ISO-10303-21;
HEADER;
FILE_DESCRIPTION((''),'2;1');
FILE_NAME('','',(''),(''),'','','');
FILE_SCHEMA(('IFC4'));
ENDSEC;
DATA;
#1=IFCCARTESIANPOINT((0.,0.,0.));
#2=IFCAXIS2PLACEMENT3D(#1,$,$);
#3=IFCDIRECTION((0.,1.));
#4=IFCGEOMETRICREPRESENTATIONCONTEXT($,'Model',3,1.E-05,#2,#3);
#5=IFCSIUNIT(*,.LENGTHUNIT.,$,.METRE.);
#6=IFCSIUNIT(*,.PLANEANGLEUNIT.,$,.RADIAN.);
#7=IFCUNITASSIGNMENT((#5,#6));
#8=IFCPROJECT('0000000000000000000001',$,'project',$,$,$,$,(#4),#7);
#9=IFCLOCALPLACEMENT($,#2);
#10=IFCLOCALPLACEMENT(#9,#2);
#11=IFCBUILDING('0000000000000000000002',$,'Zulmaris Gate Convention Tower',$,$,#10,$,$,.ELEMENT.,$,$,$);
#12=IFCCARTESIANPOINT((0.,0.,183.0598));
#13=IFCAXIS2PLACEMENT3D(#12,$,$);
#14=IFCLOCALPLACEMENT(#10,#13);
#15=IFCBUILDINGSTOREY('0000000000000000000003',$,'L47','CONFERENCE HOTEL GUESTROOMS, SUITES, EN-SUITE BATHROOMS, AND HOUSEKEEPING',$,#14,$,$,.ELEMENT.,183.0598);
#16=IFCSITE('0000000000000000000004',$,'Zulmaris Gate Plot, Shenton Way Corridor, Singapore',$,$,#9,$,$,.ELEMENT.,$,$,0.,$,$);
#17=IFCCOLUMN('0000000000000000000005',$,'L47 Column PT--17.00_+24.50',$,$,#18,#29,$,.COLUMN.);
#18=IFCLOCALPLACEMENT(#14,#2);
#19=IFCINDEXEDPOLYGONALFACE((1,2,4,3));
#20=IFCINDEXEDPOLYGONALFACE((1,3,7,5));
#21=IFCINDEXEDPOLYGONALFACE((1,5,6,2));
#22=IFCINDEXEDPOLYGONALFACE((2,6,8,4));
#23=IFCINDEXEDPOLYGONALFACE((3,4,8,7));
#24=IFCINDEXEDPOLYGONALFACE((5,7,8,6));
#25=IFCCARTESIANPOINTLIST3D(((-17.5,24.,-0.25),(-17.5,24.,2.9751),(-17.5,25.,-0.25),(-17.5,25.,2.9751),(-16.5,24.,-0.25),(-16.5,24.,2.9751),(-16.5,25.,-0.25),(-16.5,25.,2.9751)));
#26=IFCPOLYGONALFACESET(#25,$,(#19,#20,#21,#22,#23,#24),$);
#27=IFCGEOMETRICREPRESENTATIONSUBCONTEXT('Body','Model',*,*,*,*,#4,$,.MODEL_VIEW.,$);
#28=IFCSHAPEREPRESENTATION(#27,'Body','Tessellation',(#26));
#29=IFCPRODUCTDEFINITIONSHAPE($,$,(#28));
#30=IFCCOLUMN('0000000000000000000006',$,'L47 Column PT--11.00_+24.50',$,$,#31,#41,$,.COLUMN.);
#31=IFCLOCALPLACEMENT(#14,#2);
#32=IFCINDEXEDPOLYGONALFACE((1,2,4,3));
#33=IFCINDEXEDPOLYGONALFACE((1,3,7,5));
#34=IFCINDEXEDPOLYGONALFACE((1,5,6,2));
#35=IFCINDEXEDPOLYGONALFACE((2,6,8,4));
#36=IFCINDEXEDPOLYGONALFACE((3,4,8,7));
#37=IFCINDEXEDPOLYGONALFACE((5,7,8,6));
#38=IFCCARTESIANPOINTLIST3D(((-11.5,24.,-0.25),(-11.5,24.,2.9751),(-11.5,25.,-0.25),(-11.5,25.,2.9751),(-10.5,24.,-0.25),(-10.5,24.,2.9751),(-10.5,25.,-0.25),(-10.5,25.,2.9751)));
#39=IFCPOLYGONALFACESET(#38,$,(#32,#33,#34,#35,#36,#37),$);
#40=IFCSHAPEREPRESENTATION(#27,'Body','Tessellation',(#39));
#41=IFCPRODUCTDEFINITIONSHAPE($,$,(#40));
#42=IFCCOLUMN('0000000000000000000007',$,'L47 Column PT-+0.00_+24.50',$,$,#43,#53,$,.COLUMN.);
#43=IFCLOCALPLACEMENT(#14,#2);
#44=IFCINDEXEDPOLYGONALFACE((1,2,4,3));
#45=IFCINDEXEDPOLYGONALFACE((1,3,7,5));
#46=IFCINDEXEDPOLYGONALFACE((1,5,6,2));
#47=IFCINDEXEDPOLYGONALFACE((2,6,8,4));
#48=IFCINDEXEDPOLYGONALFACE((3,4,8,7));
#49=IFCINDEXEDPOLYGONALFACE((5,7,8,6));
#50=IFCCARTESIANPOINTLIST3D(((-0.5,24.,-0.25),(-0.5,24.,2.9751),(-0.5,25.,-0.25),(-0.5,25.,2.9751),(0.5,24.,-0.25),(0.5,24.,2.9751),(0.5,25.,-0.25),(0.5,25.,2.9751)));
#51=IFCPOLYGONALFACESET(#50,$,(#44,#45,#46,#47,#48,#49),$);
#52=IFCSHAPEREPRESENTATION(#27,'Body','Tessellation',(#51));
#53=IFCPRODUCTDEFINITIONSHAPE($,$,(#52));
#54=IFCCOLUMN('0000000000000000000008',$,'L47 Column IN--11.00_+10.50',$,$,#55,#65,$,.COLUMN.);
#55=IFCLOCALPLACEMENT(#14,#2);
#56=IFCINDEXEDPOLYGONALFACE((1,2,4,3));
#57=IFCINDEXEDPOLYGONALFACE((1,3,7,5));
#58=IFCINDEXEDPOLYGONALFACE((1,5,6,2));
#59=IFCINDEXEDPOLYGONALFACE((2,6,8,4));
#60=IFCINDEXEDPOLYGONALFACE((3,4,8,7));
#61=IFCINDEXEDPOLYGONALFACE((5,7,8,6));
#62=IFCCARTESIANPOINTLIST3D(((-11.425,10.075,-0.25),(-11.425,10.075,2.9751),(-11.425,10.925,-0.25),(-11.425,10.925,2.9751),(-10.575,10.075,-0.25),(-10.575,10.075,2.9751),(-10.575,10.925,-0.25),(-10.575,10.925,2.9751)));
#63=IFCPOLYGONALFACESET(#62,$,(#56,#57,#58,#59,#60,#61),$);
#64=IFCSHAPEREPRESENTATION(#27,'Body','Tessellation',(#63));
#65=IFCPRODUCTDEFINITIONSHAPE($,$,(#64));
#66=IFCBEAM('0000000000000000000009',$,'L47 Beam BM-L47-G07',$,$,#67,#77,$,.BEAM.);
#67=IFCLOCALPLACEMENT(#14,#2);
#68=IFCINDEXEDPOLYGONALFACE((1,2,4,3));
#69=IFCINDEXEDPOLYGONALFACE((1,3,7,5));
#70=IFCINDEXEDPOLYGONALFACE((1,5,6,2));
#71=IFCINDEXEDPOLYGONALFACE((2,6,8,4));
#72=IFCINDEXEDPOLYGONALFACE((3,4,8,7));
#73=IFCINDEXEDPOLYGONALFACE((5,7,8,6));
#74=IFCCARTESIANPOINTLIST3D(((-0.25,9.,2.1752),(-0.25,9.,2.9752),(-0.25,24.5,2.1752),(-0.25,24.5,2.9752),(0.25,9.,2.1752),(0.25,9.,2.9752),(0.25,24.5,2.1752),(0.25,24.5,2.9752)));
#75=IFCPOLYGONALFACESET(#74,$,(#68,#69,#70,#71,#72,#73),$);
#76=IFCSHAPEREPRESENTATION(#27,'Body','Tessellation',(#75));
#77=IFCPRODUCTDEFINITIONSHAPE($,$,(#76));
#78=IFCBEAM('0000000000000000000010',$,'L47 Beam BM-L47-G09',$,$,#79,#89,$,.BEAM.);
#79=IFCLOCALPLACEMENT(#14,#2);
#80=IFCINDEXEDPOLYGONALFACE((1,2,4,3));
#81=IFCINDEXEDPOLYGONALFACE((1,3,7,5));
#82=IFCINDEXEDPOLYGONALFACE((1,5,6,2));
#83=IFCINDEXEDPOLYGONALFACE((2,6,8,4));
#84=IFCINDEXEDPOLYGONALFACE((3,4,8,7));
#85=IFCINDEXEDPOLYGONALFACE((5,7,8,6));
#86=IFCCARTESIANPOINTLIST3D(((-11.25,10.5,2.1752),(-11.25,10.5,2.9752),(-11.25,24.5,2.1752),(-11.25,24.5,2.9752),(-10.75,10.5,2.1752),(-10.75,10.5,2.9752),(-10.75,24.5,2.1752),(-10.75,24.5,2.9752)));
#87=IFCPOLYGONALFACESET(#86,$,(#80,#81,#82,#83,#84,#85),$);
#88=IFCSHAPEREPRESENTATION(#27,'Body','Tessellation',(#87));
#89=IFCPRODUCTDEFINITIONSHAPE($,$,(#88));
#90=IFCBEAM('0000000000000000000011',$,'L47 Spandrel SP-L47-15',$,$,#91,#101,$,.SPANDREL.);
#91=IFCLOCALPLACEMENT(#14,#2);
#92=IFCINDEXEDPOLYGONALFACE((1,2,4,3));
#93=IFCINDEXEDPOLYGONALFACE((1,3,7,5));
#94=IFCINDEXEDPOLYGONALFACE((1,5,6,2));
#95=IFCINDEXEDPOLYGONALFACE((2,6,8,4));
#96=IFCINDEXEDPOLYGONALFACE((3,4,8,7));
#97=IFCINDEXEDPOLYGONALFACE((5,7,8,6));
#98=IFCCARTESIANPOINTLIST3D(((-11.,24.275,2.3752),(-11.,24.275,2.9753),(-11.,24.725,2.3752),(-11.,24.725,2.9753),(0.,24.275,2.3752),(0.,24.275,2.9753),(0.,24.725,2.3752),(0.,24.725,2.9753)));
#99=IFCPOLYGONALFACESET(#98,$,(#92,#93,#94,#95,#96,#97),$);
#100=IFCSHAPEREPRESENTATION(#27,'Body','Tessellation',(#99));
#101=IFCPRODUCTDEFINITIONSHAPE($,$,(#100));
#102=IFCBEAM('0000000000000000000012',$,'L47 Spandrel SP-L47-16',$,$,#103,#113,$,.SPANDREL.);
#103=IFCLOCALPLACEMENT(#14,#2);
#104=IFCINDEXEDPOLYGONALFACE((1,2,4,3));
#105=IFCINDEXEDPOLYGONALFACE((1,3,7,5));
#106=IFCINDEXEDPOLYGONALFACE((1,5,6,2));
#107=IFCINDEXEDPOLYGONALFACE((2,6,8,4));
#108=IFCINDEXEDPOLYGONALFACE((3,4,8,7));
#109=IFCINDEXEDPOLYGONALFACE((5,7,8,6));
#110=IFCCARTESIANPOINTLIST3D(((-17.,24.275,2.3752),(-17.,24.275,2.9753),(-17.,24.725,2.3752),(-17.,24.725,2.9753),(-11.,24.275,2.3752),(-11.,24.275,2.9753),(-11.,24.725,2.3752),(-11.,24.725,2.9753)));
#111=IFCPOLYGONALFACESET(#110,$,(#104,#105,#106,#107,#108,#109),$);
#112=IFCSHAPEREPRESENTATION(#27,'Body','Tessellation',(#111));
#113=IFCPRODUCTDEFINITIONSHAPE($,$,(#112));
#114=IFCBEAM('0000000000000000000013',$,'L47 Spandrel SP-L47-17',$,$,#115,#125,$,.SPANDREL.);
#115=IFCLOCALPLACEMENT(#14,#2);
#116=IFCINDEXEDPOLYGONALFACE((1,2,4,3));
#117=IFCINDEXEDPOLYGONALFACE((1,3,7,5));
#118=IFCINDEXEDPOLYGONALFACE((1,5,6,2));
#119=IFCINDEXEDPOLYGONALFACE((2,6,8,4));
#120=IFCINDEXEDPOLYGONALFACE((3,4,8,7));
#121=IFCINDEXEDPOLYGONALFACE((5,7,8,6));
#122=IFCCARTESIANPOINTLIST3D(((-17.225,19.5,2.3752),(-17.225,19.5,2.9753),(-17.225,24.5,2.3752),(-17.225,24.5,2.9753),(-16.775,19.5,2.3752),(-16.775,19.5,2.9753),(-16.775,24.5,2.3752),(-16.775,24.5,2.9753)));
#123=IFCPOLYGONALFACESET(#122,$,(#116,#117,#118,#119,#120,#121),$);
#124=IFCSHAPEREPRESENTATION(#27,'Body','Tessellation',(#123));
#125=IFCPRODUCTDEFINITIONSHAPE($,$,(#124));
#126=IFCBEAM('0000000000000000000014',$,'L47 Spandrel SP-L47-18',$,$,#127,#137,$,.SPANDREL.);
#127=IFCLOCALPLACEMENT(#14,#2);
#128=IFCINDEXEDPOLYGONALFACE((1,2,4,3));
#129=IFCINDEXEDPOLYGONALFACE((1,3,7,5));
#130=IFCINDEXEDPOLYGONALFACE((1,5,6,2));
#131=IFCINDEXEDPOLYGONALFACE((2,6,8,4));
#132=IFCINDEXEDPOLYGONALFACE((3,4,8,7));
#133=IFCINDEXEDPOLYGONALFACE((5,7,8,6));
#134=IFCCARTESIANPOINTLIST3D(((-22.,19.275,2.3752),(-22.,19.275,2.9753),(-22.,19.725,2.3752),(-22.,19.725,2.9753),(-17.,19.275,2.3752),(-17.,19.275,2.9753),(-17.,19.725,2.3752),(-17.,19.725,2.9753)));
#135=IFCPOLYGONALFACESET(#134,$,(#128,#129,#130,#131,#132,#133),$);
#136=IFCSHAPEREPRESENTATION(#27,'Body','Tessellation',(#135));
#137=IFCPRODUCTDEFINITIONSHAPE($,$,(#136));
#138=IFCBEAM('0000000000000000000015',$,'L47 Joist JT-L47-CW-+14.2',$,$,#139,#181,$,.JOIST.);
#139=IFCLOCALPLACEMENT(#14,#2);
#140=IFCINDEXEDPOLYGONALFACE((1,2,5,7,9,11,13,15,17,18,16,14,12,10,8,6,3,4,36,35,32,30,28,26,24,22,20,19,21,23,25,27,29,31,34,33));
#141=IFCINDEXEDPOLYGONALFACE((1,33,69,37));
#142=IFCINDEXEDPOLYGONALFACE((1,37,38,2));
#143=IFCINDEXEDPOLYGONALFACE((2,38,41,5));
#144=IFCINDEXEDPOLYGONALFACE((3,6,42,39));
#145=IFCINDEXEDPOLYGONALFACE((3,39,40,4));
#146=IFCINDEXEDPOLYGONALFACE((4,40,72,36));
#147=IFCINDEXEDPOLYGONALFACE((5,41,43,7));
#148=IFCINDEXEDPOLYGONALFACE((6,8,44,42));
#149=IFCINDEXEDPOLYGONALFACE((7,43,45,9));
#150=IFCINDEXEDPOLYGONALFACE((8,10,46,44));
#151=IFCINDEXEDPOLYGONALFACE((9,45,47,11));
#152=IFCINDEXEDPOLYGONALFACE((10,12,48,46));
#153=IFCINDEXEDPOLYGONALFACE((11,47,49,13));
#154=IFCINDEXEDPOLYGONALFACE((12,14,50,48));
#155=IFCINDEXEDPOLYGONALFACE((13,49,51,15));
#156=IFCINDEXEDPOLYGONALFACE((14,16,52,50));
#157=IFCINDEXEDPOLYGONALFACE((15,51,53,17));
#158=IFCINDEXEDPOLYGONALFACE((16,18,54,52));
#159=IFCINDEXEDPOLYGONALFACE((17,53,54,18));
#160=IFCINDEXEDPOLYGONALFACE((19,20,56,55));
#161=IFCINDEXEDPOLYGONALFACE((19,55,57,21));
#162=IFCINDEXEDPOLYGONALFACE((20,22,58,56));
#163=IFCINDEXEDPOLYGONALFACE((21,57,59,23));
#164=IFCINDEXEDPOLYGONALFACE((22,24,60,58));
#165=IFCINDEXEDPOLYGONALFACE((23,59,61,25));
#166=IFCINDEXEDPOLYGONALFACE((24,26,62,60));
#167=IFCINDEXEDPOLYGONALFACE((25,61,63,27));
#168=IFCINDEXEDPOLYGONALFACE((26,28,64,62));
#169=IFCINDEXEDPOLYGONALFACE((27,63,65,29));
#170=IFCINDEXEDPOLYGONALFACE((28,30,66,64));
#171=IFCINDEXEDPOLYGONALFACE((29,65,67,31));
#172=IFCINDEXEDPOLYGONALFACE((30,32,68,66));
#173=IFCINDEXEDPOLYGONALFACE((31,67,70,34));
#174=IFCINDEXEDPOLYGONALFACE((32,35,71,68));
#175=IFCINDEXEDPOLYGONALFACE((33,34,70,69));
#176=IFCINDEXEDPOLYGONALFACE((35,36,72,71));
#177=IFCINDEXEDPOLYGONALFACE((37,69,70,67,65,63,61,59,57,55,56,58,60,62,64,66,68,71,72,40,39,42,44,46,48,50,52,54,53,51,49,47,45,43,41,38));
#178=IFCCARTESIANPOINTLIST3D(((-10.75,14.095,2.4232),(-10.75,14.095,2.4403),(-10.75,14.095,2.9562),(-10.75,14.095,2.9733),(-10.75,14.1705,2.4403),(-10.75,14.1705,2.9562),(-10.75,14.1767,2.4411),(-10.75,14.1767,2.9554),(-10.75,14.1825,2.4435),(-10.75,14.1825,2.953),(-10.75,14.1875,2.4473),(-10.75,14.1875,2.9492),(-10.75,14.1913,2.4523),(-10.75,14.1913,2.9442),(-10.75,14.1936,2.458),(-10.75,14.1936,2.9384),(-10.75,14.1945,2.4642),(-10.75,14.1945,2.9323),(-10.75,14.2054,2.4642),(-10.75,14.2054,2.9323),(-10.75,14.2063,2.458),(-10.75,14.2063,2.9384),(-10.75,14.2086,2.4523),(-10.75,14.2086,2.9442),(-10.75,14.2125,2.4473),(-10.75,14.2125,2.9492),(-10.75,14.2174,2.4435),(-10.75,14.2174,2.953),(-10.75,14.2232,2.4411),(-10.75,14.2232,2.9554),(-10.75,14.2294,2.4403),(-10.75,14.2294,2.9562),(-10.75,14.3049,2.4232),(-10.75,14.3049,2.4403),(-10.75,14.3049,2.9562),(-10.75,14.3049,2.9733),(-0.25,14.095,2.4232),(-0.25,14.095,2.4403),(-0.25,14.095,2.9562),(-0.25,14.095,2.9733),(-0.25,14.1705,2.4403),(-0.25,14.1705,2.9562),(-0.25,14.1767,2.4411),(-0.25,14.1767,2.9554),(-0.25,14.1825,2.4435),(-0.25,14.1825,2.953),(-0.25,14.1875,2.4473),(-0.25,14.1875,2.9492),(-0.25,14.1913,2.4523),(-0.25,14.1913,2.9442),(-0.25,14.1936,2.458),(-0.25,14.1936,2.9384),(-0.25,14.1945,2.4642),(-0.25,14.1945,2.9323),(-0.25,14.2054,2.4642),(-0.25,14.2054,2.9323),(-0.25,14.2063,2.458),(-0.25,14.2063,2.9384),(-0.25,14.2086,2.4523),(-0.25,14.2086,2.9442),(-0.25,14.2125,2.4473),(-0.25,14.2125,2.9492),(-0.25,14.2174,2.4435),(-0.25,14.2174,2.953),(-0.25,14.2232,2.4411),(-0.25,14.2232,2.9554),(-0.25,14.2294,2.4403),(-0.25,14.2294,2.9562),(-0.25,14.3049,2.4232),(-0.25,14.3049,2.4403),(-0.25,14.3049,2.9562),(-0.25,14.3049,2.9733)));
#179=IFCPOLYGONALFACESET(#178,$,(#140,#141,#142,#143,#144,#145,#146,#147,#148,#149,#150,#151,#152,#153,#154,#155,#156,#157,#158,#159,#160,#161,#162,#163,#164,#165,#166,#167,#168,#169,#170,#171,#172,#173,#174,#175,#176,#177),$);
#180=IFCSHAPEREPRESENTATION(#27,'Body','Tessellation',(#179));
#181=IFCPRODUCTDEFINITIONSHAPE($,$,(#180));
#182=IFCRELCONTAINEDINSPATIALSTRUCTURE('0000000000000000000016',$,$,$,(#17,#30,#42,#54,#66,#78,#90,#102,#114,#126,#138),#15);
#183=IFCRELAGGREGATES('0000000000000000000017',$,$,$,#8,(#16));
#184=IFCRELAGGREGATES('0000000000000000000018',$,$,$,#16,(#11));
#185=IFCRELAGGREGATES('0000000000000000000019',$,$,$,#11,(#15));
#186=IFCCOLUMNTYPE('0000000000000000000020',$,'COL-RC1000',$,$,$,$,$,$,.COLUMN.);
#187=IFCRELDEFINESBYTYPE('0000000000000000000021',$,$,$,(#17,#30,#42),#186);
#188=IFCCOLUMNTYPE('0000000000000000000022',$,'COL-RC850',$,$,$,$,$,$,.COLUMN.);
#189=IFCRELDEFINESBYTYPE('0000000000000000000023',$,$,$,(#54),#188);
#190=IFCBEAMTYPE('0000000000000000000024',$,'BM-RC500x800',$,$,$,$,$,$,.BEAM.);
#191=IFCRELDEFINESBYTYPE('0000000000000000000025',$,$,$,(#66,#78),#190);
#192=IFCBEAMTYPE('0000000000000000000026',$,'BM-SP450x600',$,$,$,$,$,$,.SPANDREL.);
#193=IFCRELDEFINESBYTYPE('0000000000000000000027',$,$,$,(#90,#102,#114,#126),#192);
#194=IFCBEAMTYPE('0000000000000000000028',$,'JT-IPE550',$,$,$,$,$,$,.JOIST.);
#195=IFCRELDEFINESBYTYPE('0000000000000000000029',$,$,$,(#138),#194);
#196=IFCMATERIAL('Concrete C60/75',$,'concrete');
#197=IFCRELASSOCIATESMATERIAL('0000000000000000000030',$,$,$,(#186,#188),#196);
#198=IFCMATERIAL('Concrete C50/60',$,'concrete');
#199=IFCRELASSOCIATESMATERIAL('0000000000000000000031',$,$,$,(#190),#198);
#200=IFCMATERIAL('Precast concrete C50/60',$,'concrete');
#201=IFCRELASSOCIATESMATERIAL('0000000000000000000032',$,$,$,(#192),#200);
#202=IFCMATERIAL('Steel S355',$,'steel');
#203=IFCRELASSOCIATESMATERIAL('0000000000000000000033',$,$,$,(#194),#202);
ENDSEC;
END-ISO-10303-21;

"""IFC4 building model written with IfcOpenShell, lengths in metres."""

from ifc_helpers import new_model, si_unit, direction, frame, origin, origin_2d, place, context, subcontext, project, spatial, rectangle, i_section, extrude, material, material_profile, profile_set, type_object, element, save


model = new_model("IFC4")

# Units and contexts
model_context = context("Model", 3, precision=1e-05, world=origin(), true_north=direction((0.0, 1.0)))
body_context = subcontext(model_context, "Body", "Model", "MODEL_VIEW")
ifc_project = project(units=[si_unit("LENGTHUNIT", "METRE"), si_unit("PLANEANGLEUNIT", "RADIAN")], contexts=[model_context])

# Site, building, storey
site_placement = place(None, origin())
site = spatial("IfcSite", under=ifc_project, at=site_placement, Name="Zulmaris Gate Plot, Shenton Way Corridor, Singapore", CompositionType="ELEMENT", RefElevation=0.0)
building_placement = place(site_placement, origin())
building = spatial("IfcBuilding", under=site, at=building_placement, Name="Zulmaris Gate Convention Tower", CompositionType="ELEMENT")
storey_placement = place(building_placement, frame((0.0, 0.0, 183.0598)))
storey = spatial("IfcBuildingStorey", under=building, at=storey_placement, Name="L47", Description="CONFERENCE HOTEL GUESTROOMS, SUITES, EN-SUITE BATHROOMS, AND HOUSEKEEPING", CompositionType="ELEMENT", Elevation=183.0598)

# Columns
ifc_material_1 = material(Name="Concrete C60/75", Category="concrete")
ifc_material_profile_1 = material_profile(ifc_material_1, rectangle(XDim=1.0, YDim=1.0, at=origin_2d()), Name="RC COL 1000x1000")
ifc_profile_set_1 = profile_set([ifc_material_profile_1], Name="Concrete C60/75")
column_type_1 = type_object("IfcColumnType", Name="COL-RC1000", PredefinedType="COLUMN", material=ifc_profile_set_1)
for number, where, z_axis, x_axis, name in (
    (1, (-17.0, 24.5, -0.25), (0.0, 0.0, 1.0), (1.0, 0.0, 0.0), "L47 Column PT--17.00_+24.50"),
    (2, (-11.0, 24.5, -0.25), (0.0, 0.0, 1.0), (1.0, 0.0, 0.0), "L47 Column PT--11.00_+24.50"),
    (3, (0.0, 24.5, -0.25), (0.0, 0.0, 1.0), (1.0, 0.0, 0.0), "L47 Column PT-+0.00_+24.50"),
):
    element("IfcColumn", number, at=place(storey_placement, frame(where, z_axis=z_axis, x_axis=x_axis)), inside=storey, type_object=column_type_1, Name=name, PredefinedType="COLUMN", context=body_context, shape_type="SweptSolid", body=[
        extrude(rectangle(XDim=1.0, YDim=1.0, at=origin_2d()), origin(), (0.0, 0.0, 1.0), 3.2251),
    ])
ifc_material_profile_2 = material_profile(ifc_material_1, rectangle(XDim=0.8501, YDim=0.8501, at=origin_2d()), Name="RC COL 850x850")
ifc_profile_set_2 = profile_set([ifc_material_profile_2], Name="Concrete C60/75")
column_type_2 = type_object("IfcColumnType", Name="COL-RC850", PredefinedType="COLUMN", material=ifc_profile_set_2)
column_placement = place(storey_placement, frame((-11.0, 10.5, -0.25), z_axis=(0.0, 0.0, 1.0), x_axis=(1.0, 0.0, 0.0)))
element("IfcColumn", 4, at=column_placement, inside=storey, type_object=column_type_2, Name="L47 Column IN--11.00_+10.50", PredefinedType="COLUMN", context=body_context, shape_type="SweptSolid", body=[
    extrude(rectangle(XDim=0.8501, YDim=0.8501, at=origin_2d()), origin(), (0.0, 0.0, 1.0), 3.2251),
])

# Beams
ifc_material_2 = material(Name="Concrete C50/60", Category="concrete")
ifc_material_profile_3 = material_profile(ifc_material_2, rectangle(XDim=0.5, YDim=0.8, at=origin_2d()), Name="RC BEAM 500x800")
ifc_profile_set_3 = profile_set([ifc_material_profile_3], Name="Concrete C50/60")
beam_type_1 = type_object("IfcBeamType", Name="BM-RC500x800", PredefinedType="BEAM", material=ifc_profile_set_3)
beam_1_placement = place(storey_placement, frame((0.0, 9.0, 2.5752), z_axis=(0.0, 1.0, 0.0), x_axis=(-1.0, 0.0, 0.0)))
element("IfcBeam", 5, at=beam_1_placement, inside=storey, type_object=beam_type_1, Name="L47 Beam BM-L47-G07", PredefinedType="BEAM", context=body_context, shape_type="SweptSolid", body=[
    extrude(rectangle(XDim=0.5, YDim=0.8, at=origin_2d()), origin(), (0.0, 0.0, 1.0), 15.5),
])
beam_2_placement = place(storey_placement, frame((-11.0, 10.5, 2.5752), z_axis=(0.0, 1.0, 0.0), x_axis=(-1.0, 0.0, 0.0)))
element("IfcBeam", 6, at=beam_2_placement, inside=storey, type_object=beam_type_1, Name="L47 Beam BM-L47-G09", PredefinedType="BEAM", context=body_context, shape_type="SweptSolid", body=[
    extrude(rectangle(XDim=0.5, YDim=0.8, at=origin_2d()), origin(), (0.0, 0.0, 1.0), 14.0),
])
ifc_material_3 = material(Name="Precast concrete C50/60", Category="concrete")
ifc_material_profile_4 = material_profile(ifc_material_3, rectangle(XDim=0.45, YDim=0.6001, at=origin_2d()), Name="RC SPANDREL 450x600")
ifc_profile_set_4 = profile_set([ifc_material_profile_4], Name="Precast concrete C50/60")
beam_type_2 = type_object("IfcBeamType", Name="BM-SP450x600", PredefinedType="SPANDREL", material=ifc_profile_set_4)
beam_3_placement = place(storey_placement, frame((0.0, 24.5, 2.6753), z_axis=(-1.0, 0.0, 0.0), x_axis=(0.0, -1.0, 0.0)))
element("IfcBeam", 7, at=beam_3_placement, inside=storey, type_object=beam_type_2, Name="L47 Spandrel SP-L47-15", PredefinedType="SPANDREL", context=body_context, shape_type="SweptSolid", body=[
    extrude(rectangle(XDim=0.45, YDim=0.6001, at=origin_2d()), origin(), (0.0, 0.0, 1.0), 11.0),
])
beam_4_placement = place(storey_placement, frame((-11.0, 24.5, 2.6753), z_axis=(-1.0, 0.0, 0.0), x_axis=(0.0, -1.0, 0.0)))
element("IfcBeam", 8, at=beam_4_placement, inside=storey, type_object=beam_type_2, Name="L47 Spandrel SP-L47-16", PredefinedType="SPANDREL", context=body_context, shape_type="SweptSolid", body=[
    extrude(rectangle(XDim=0.45, YDim=0.6001, at=origin_2d()), origin(), (0.0, 0.0, 1.0), 6.0),
])
for number, where, z_axis, x_axis, name in (
    (9, (-17.0, 24.5, 2.6753), (0.0, -1.0, 0.0), (1.0, 0.0, 0.0), "L47 Spandrel SP-L47-17"),
    (10, (-17.0, 19.5, 2.6753), (-1.0, 0.0, 0.0), (0.0, -1.0, 0.0), "L47 Spandrel SP-L47-18"),
):
    element("IfcBeam", number, at=place(storey_placement, frame(where, z_axis=z_axis, x_axis=x_axis)), inside=storey, type_object=beam_type_2, Name=name, PredefinedType="SPANDREL", context=body_context, shape_type="SweptSolid", body=[
        extrude(rectangle(XDim=0.45, YDim=0.6001, at=origin_2d()), origin(), (0.0, 0.0, 1.0), 5.0),
    ])
ifc_material_4 = material(Name="Steel S355", Category="steel")
ifc_material_profile_5 = material_profile(ifc_material_4, i_section(OverallWidth=0.21, OverallDepth=0.55, WebThickness=0.011, FlangeThickness=0.0171, FilletRadius=0.0239, at=origin_2d()), Name="IPE 550")
ifc_profile_set_5 = profile_set([ifc_material_profile_5], Name="Steel S355")
beam_type_3 = type_object("IfcBeamType", Name="JT-IPE550", PredefinedType="JOIST", material=ifc_profile_set_5)
for number, where, z_axis, x_axis, name in (
    (11, (-10.75, 14.2, 2.6982), (1.0, 0.0, 0.0), (0.0, 1.0, 0.0), "L47 Joist JT-L47-CW-+14.2"),
):
    element("IfcBeam", number, at=place(storey_placement, frame(where, z_axis=z_axis, x_axis=x_axis)), inside=storey, type_object=beam_type_3, Name=name, PredefinedType="JOIST", context=body_context, shape_type="SweptSolid", body=[
        extrude(i_section(OverallWidth=0.21, OverallDepth=0.55, WebThickness=0.011, FlangeThickness=0.0171, FilletRadius=0.0239, at=origin_2d()), origin(), (0.0, 0.0, 1.0), 10.5),
    ])

save(model, "model.ifc")
